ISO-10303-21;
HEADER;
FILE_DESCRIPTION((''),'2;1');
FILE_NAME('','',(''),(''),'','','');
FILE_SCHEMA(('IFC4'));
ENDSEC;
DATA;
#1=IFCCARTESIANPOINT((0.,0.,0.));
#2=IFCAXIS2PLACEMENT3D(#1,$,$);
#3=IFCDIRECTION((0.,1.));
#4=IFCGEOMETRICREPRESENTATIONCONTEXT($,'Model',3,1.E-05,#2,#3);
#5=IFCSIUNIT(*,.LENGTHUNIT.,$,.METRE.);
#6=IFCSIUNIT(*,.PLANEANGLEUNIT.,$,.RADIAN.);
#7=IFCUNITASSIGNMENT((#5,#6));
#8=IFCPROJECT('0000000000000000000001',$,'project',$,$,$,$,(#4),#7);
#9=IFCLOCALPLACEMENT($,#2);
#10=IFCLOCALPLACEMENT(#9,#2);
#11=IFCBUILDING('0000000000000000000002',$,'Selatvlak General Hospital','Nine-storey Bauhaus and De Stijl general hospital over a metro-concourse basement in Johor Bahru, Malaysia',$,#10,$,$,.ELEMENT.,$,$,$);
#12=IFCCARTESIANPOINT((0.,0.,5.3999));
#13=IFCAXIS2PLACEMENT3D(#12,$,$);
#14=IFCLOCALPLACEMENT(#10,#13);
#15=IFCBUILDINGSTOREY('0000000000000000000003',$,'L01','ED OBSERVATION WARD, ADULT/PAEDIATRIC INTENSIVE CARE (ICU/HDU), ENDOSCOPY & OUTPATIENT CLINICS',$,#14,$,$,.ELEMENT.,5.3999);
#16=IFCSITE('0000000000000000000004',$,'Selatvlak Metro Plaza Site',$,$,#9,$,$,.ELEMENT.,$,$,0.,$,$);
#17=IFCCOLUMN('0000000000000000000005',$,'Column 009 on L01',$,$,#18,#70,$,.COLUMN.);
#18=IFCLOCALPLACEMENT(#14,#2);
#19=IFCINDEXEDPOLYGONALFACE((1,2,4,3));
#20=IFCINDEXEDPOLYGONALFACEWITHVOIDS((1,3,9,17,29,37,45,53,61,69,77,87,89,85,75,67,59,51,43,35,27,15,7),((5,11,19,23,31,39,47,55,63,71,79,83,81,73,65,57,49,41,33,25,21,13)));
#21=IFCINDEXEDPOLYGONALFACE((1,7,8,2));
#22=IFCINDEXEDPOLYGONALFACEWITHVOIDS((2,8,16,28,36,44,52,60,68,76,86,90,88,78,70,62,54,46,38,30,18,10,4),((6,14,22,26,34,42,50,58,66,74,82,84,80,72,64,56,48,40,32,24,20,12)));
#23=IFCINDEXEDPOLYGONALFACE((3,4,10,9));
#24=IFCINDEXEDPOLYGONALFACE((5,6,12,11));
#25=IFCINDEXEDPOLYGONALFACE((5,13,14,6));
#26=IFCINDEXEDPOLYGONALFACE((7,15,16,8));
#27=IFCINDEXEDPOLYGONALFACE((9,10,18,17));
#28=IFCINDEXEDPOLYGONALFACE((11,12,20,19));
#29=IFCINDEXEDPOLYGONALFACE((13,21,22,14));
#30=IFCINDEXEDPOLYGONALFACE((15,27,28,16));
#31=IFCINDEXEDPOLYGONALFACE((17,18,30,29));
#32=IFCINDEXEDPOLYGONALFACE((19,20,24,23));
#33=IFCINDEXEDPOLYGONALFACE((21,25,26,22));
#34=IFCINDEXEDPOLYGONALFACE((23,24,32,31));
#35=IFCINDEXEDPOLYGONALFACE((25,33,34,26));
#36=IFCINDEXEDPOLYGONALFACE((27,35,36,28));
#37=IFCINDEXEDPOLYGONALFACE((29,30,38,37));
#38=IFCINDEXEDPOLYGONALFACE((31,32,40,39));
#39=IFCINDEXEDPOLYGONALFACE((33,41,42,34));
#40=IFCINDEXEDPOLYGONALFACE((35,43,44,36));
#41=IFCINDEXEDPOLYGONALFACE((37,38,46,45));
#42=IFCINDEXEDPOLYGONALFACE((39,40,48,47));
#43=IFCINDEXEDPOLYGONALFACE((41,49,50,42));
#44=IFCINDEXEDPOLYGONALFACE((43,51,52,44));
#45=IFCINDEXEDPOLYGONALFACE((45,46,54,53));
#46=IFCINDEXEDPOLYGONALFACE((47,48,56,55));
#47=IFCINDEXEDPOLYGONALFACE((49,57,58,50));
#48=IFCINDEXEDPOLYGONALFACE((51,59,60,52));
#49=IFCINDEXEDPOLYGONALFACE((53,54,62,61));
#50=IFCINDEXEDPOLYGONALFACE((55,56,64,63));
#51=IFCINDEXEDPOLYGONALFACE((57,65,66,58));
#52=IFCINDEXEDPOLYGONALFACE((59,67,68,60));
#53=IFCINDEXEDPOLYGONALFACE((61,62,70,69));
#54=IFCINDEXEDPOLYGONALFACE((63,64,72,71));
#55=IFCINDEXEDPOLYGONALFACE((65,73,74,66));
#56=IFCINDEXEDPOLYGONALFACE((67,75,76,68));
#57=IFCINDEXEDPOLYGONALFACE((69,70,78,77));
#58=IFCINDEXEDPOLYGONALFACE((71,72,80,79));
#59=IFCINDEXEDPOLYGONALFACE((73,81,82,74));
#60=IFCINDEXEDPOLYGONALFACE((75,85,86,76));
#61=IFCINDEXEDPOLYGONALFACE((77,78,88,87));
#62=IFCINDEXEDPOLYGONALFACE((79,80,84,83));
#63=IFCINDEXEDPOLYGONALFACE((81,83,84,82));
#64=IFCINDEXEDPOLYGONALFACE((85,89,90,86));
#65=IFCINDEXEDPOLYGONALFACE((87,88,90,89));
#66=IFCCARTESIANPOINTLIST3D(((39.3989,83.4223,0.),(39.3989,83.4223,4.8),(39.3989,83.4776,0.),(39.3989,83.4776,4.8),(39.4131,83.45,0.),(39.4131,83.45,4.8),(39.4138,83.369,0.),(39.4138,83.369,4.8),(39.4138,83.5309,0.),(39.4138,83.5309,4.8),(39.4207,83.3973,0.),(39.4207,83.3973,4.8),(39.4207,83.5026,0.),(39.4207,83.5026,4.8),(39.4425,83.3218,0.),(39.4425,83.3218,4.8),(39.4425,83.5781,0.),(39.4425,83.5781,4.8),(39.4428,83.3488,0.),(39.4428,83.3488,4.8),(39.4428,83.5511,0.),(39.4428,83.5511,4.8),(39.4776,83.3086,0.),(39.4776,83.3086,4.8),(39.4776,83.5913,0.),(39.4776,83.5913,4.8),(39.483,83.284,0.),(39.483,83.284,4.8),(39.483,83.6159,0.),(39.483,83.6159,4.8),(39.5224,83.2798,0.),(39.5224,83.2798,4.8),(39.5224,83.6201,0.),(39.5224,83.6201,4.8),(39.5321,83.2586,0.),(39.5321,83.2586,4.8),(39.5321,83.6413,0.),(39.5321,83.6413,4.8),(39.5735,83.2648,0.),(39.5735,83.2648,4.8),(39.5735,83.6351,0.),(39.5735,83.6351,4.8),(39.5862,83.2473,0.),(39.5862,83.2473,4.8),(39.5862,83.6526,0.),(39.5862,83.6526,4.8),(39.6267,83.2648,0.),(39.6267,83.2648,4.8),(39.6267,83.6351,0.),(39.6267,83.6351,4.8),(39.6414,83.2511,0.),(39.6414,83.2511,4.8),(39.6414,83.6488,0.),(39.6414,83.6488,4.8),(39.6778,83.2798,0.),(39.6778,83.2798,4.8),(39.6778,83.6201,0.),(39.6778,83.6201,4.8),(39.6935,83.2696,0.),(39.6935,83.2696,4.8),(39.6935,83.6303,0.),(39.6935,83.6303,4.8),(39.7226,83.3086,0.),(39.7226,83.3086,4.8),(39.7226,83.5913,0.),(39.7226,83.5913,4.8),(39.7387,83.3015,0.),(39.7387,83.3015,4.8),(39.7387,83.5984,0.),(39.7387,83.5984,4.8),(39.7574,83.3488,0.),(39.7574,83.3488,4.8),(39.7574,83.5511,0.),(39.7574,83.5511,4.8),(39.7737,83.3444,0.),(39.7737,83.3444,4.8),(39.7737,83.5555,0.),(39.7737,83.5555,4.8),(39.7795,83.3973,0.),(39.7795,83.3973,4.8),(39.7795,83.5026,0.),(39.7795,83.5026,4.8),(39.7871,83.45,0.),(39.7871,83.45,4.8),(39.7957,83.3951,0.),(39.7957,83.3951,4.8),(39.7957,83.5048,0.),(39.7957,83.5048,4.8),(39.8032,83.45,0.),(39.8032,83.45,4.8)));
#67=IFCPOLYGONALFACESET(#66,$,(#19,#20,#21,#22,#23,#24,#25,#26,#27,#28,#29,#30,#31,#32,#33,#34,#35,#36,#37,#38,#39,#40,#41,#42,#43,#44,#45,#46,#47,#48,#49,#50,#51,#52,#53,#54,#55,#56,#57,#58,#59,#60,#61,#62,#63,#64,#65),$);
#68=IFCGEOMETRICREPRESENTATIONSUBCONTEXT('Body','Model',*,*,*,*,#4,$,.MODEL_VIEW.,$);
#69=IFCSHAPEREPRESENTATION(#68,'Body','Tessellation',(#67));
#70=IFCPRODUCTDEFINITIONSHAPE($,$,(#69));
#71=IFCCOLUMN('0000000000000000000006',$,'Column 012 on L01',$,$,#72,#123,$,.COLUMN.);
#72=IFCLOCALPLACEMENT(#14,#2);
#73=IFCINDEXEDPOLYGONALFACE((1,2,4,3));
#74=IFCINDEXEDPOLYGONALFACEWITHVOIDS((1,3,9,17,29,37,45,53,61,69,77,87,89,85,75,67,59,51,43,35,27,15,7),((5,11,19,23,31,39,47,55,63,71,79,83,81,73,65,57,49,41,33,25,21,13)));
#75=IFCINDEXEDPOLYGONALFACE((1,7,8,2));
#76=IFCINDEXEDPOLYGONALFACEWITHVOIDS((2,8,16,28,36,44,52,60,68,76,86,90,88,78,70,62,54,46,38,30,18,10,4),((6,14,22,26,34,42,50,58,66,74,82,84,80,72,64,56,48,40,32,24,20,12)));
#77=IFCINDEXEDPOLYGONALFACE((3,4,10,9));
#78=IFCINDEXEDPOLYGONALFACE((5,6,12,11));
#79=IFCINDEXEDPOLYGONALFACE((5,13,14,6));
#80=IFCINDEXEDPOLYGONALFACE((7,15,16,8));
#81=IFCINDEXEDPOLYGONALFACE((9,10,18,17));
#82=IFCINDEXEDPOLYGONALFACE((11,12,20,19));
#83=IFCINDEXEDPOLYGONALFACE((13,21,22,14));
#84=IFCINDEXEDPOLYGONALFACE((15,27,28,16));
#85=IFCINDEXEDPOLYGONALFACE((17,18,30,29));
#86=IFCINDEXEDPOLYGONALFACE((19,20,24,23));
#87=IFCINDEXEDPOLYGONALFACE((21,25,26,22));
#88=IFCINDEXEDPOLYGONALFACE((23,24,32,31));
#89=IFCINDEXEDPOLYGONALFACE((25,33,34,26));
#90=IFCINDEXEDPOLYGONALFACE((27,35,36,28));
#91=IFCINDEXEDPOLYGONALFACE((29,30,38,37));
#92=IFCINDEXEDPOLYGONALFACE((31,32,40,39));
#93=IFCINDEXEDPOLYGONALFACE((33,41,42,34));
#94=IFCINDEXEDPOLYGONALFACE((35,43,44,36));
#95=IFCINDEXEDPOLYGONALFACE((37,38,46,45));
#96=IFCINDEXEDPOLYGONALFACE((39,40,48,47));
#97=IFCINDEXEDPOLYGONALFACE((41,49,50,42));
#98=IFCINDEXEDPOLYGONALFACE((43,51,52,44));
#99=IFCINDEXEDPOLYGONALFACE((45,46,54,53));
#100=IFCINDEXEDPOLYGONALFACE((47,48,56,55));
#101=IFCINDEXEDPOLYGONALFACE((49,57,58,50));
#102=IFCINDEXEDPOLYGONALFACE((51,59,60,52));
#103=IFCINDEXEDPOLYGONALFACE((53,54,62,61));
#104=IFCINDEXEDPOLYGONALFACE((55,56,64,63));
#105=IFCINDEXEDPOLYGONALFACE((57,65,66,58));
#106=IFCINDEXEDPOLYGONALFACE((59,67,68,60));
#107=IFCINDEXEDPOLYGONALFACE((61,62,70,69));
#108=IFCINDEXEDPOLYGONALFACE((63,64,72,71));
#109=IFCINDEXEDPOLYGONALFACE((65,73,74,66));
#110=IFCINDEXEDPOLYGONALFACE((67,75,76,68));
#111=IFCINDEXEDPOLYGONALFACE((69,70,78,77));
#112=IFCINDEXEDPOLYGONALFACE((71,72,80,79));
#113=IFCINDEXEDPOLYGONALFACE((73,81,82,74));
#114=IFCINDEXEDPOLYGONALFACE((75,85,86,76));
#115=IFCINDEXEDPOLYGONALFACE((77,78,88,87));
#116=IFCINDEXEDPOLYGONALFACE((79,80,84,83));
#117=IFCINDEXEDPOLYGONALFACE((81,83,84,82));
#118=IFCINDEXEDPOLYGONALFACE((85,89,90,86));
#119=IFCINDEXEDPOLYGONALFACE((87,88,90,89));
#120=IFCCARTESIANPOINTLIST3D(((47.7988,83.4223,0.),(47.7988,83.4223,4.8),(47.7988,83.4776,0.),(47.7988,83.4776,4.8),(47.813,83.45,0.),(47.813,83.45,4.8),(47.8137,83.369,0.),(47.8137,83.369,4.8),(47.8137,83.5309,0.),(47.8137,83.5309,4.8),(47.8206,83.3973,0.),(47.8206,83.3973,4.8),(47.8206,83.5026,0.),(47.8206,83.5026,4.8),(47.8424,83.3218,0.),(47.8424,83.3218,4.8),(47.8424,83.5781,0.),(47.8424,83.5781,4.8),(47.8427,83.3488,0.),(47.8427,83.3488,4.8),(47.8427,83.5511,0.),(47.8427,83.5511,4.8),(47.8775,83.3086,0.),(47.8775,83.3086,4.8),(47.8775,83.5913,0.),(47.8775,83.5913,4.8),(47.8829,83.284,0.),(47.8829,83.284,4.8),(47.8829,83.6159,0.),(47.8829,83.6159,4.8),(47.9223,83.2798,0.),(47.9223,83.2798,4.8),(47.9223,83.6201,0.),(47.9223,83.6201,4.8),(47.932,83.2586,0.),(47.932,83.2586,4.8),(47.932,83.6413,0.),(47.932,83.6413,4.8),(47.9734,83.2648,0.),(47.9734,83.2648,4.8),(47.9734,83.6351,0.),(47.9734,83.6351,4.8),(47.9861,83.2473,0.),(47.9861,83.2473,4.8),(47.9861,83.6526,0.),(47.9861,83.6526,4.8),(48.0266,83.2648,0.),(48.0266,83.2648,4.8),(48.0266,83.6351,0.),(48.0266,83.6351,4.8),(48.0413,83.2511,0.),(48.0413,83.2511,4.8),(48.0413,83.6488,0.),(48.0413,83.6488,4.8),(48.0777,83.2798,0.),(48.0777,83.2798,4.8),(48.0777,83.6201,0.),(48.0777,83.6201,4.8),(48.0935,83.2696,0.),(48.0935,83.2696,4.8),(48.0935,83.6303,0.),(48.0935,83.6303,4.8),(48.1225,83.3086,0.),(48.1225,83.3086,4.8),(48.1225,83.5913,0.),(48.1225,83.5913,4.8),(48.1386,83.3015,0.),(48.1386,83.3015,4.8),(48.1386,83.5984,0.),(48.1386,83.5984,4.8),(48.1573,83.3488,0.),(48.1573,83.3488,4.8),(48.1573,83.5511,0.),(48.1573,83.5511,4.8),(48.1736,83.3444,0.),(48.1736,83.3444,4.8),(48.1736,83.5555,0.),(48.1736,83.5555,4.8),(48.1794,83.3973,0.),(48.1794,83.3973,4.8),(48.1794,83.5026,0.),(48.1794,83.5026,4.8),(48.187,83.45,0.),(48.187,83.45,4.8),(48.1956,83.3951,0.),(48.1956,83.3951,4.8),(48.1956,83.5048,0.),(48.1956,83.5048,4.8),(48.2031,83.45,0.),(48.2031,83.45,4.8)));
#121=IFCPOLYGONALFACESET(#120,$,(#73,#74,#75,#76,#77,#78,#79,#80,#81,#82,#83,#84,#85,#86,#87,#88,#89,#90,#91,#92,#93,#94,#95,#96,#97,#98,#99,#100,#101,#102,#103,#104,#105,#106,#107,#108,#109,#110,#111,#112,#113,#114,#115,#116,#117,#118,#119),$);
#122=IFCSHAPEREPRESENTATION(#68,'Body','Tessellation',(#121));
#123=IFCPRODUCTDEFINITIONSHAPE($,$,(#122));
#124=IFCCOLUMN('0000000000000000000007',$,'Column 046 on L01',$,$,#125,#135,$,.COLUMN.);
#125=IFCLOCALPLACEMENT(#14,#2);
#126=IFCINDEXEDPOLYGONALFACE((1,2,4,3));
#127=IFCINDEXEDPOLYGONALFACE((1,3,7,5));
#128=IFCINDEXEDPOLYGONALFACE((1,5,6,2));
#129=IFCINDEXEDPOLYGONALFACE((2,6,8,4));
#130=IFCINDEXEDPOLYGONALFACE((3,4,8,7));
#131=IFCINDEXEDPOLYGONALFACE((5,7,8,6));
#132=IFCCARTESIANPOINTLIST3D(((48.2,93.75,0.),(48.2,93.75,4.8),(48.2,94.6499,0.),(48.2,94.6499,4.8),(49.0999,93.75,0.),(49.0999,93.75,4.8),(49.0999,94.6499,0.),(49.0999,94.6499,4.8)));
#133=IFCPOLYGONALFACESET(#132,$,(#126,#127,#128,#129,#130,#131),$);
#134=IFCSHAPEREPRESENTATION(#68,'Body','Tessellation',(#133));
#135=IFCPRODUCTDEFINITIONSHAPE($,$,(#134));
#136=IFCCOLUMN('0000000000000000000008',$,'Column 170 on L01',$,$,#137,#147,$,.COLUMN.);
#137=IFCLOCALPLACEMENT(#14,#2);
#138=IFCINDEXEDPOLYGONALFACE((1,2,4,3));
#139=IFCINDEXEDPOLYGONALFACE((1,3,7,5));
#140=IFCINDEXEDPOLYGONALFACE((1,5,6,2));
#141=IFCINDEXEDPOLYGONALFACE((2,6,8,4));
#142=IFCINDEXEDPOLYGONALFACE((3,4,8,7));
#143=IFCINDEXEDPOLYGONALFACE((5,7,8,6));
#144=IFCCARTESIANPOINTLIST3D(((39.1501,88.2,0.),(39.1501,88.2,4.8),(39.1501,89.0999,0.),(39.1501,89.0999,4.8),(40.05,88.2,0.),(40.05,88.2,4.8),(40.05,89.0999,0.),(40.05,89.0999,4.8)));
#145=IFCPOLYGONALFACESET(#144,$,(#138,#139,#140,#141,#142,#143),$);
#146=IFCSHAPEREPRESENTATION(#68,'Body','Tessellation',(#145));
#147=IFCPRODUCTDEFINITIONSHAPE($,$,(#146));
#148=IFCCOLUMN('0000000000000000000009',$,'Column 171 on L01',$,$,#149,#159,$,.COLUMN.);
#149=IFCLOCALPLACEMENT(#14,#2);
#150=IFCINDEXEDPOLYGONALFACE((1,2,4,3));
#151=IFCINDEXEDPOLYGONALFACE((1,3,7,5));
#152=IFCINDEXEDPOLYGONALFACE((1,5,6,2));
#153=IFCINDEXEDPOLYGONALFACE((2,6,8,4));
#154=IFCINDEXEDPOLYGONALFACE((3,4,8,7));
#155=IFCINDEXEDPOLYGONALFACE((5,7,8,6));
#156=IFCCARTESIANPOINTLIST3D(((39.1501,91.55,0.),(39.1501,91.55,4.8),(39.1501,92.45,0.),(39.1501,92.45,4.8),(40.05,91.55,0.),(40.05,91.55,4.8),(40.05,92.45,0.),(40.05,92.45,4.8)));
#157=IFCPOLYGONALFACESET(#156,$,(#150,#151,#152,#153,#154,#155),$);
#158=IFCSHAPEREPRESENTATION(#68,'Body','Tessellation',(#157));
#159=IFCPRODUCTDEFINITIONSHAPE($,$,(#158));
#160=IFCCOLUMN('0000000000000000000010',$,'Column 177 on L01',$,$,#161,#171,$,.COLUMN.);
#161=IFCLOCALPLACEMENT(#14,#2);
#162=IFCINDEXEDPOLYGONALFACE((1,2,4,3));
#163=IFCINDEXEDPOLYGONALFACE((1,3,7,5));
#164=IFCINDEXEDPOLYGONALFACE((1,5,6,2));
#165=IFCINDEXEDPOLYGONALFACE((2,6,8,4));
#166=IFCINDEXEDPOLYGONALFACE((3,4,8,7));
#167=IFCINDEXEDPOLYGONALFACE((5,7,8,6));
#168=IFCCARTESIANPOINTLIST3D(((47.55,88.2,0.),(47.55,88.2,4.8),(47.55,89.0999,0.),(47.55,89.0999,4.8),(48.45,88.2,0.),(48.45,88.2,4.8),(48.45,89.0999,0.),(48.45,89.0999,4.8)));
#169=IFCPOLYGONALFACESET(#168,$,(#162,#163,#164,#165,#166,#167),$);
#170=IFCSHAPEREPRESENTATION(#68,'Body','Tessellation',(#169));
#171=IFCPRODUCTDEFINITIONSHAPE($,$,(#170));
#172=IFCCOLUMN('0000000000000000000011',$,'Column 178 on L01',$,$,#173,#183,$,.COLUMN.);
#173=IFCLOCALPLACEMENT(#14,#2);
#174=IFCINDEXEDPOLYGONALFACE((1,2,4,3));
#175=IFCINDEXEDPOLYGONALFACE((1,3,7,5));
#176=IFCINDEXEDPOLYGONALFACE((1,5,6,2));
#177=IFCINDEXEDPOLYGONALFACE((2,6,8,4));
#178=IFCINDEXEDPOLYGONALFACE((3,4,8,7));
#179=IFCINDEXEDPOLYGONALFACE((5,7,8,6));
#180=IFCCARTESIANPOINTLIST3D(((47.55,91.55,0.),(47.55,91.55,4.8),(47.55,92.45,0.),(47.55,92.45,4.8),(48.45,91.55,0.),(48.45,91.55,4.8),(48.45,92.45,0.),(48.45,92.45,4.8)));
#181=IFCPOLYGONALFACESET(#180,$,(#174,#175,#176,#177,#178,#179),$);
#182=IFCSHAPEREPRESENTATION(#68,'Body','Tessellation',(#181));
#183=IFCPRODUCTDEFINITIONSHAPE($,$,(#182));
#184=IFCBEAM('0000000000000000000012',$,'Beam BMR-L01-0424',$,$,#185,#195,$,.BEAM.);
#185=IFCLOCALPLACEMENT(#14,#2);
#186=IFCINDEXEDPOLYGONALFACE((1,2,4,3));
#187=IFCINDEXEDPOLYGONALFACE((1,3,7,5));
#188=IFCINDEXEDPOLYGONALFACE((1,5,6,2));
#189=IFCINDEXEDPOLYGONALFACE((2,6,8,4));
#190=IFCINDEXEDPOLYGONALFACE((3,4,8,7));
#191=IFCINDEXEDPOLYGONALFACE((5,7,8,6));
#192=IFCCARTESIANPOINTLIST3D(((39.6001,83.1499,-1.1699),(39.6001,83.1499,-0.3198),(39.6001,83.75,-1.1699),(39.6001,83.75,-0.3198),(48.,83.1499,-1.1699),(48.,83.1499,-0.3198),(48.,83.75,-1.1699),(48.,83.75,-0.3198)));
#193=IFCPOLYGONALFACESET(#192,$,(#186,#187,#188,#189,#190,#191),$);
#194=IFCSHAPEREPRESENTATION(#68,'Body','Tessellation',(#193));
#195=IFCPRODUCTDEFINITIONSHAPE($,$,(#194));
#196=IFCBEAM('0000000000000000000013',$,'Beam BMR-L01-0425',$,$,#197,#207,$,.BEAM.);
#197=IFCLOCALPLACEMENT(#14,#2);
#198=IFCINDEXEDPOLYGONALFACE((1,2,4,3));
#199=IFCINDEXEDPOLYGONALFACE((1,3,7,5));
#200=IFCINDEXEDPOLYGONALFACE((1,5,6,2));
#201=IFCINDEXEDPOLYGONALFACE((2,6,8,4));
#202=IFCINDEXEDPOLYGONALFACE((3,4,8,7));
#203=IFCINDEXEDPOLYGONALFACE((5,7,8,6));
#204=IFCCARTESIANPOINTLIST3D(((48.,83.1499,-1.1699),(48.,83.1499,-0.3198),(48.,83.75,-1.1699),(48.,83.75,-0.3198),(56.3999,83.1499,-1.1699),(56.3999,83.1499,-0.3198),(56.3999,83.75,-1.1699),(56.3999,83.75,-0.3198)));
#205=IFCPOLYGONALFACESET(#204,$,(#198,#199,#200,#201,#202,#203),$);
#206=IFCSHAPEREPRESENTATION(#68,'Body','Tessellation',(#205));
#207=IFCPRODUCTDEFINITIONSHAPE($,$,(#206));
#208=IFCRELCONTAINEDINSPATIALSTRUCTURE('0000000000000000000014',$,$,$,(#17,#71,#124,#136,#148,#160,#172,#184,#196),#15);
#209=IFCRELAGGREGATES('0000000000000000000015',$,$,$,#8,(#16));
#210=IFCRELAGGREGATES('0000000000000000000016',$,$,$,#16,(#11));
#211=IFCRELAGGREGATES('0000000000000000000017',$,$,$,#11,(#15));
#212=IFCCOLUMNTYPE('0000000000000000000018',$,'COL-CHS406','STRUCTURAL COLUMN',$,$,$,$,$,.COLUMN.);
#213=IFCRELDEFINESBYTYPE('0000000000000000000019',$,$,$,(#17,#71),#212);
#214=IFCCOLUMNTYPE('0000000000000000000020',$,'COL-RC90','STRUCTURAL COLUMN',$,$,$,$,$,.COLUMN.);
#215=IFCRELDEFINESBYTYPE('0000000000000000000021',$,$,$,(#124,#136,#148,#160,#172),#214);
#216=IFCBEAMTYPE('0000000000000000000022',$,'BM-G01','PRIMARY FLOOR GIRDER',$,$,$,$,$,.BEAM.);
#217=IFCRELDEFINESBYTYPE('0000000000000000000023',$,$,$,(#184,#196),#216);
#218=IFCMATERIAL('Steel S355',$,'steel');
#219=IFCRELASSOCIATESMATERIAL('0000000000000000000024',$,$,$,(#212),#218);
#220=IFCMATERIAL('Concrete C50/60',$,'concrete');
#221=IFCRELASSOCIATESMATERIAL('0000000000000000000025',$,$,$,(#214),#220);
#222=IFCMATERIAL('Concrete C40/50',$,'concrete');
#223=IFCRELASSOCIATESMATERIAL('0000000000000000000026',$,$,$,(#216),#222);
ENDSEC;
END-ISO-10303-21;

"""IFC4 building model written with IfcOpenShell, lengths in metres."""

from ifc_helpers import new_model, si_unit, direction, frame, origin, origin_2d, place, context, subcontext, project, spatial, rectangle, hollow_circle, extrude, material, material_profile, profile_set, type_object, element, save


model = new_model("IFC4")

# Units and contexts
model_context = context("Model", 3, precision=1e-05, world=origin(), true_north=direction((0.0, 1.0)))
body_context = subcontext(model_context, "Body", "Model", "MODEL_VIEW")
ifc_project = project(units=[si_unit("LENGTHUNIT", "METRE"), si_unit("PLANEANGLEUNIT", "RADIAN")], contexts=[model_context])

# Site, building, storey
site_placement = place(None, origin())
site = spatial("IfcSite", under=ifc_project, at=site_placement, Name="Selatvlak Metro Plaza Site", CompositionType="ELEMENT", RefElevation=0.0)
building_placement = place(site_placement, origin())
building = spatial("IfcBuilding", under=site, at=building_placement, Name="Selatvlak General Hospital", Description="Nine-storey Bauhaus and De Stijl general hospital over a metro-concourse basement in Johor Bahru, Malaysia", CompositionType="ELEMENT")
storey_placement = place(building_placement, frame((0.0, 0.0, 5.3999)))
storey = spatial("IfcBuildingStorey", under=building, at=storey_placement, Name="L01", Description="ED OBSERVATION WARD, ADULT/PAEDIATRIC INTENSIVE CARE (ICU/HDU), ENDOSCOPY & OUTPATIENT CLINICS", CompositionType="ELEMENT", Elevation=5.3999)

# Columns
ifc_material_1 = material(Name="Steel S355", Category="steel")
ifc_material_profile_1 = material_profile(ifc_material_1, hollow_circle(Radius=0.2031, WallThickness=0.0161, at=origin_2d()), Name="CHS 406.4x16")
ifc_profile_set_1 = profile_set([ifc_material_profile_1], Name="Steel S355")
column_type_1 = type_object("IfcColumnType", Name="COL-CHS406", Description="STRUCTURAL COLUMN", PredefinedType="COLUMN", material=ifc_profile_set_1)
for number, where, z_axis, x_axis, name in (
    (1, (39.6001, 83.45, 0.0), (0.0, 0.0, 1.0), (1.0, 0.0, 0.0), "Column 009 on L01"),
    (2, (48.0, 83.45, 0.0), (0.0, 0.0, 1.0), (1.0, 0.0, 0.0), "Column 012 on L01"),
):
    element("IfcColumn", number, at=place(storey_placement, frame(where, z_axis=z_axis, x_axis=x_axis)), inside=storey, type_object=column_type_1, Name=name, PredefinedType="COLUMN", context=body_context, shape_type="SweptSolid", body=[
        extrude(hollow_circle(Radius=0.2031, WallThickness=0.0161, at=origin_2d()), origin(), (0.0, 0.0, 1.0), 4.8),
    ])
ifc_material_2 = material(Name="Concrete C50/60", Category="concrete")
ifc_material_profile_2 = material_profile(ifc_material_2, rectangle(XDim=0.8999, YDim=0.8999, at=origin_2d()), Name="RC-COL 900x900")
ifc_profile_set_2 = profile_set([ifc_material_profile_2], Name="Concrete C50/60")
column_type_2 = type_object("IfcColumnType", Name="COL-RC90", Description="STRUCTURAL COLUMN", PredefinedType="COLUMN", material=ifc_profile_set_2)
for number, where, z_axis, x_axis, name in (
    (3, (48.6499, 94.2, 0.0), (0.0, 0.0, 1.0), (1.0, 0.0, 0.0), "Column 046 on L01"),
    (4, (39.6001, 88.6499, 0.0), (0.0, 0.0, 1.0), (1.0, 0.0, 0.0), "Column 170 on L01"),
    (5, (39.6001, 92.0, 0.0), (0.0, 0.0, 1.0), (1.0, 0.0, 0.0), "Column 171 on L01"),
    (6, (48.0, 88.6499, 0.0), (0.0, 0.0, 1.0), (1.0, 0.0, 0.0), "Column 177 on L01"),
    (7, (48.0, 92.0, 0.0), (0.0, 0.0, 1.0), (1.0, 0.0, 0.0), "Column 178 on L01"),
):
    element("IfcColumn", number, at=place(storey_placement, frame(where, z_axis=z_axis, x_axis=x_axis)), inside=storey, type_object=column_type_2, Name=name, PredefinedType="COLUMN", context=body_context, shape_type="SweptSolid", body=[
        extrude(rectangle(XDim=0.8999, YDim=0.8999, at=origin_2d()), origin(), (0.0, 0.0, 1.0), 4.8),
    ])

# Beams
ifc_material_3 = material(Name="Concrete C40/50", Category="concrete")
ifc_material_profile_3 = material_profile(ifc_material_3, rectangle(XDim=0.6001, YDim=0.8501, at=origin_2d()), Name="RC-BM 600x850")
ifc_profile_set_3 = profile_set([ifc_material_profile_3], Name="Concrete C40/50")
beam_type_1 = type_object("IfcBeamType", Name="BM-G01", Description="PRIMARY FLOOR GIRDER", PredefinedType="BEAM", material=ifc_profile_set_3)
for number, where, z_axis, x_axis, name in (
    (8, (39.6001, 83.45, -0.7449), (1.0, 0.0, 0.0), (0.0, 1.0, 0.0), "Beam BMR-L01-0424"),
    (9, (48.0, 83.45, -0.7449), (1.0, 0.0, 0.0), (0.0, 1.0, 0.0), "Beam BMR-L01-0425"),
):
    element("IfcBeam", number, at=place(storey_placement, frame(where, z_axis=z_axis, x_axis=x_axis)), inside=storey, type_object=beam_type_1, Name=name, PredefinedType="BEAM", context=body_context, shape_type="SweptSolid", body=[
        extrude(rectangle(XDim=0.6001, YDim=0.8501, at=origin_2d()), origin(), (0.0, 0.0, 1.0), 8.3999),
    ])

save(model, "model.ifc")
